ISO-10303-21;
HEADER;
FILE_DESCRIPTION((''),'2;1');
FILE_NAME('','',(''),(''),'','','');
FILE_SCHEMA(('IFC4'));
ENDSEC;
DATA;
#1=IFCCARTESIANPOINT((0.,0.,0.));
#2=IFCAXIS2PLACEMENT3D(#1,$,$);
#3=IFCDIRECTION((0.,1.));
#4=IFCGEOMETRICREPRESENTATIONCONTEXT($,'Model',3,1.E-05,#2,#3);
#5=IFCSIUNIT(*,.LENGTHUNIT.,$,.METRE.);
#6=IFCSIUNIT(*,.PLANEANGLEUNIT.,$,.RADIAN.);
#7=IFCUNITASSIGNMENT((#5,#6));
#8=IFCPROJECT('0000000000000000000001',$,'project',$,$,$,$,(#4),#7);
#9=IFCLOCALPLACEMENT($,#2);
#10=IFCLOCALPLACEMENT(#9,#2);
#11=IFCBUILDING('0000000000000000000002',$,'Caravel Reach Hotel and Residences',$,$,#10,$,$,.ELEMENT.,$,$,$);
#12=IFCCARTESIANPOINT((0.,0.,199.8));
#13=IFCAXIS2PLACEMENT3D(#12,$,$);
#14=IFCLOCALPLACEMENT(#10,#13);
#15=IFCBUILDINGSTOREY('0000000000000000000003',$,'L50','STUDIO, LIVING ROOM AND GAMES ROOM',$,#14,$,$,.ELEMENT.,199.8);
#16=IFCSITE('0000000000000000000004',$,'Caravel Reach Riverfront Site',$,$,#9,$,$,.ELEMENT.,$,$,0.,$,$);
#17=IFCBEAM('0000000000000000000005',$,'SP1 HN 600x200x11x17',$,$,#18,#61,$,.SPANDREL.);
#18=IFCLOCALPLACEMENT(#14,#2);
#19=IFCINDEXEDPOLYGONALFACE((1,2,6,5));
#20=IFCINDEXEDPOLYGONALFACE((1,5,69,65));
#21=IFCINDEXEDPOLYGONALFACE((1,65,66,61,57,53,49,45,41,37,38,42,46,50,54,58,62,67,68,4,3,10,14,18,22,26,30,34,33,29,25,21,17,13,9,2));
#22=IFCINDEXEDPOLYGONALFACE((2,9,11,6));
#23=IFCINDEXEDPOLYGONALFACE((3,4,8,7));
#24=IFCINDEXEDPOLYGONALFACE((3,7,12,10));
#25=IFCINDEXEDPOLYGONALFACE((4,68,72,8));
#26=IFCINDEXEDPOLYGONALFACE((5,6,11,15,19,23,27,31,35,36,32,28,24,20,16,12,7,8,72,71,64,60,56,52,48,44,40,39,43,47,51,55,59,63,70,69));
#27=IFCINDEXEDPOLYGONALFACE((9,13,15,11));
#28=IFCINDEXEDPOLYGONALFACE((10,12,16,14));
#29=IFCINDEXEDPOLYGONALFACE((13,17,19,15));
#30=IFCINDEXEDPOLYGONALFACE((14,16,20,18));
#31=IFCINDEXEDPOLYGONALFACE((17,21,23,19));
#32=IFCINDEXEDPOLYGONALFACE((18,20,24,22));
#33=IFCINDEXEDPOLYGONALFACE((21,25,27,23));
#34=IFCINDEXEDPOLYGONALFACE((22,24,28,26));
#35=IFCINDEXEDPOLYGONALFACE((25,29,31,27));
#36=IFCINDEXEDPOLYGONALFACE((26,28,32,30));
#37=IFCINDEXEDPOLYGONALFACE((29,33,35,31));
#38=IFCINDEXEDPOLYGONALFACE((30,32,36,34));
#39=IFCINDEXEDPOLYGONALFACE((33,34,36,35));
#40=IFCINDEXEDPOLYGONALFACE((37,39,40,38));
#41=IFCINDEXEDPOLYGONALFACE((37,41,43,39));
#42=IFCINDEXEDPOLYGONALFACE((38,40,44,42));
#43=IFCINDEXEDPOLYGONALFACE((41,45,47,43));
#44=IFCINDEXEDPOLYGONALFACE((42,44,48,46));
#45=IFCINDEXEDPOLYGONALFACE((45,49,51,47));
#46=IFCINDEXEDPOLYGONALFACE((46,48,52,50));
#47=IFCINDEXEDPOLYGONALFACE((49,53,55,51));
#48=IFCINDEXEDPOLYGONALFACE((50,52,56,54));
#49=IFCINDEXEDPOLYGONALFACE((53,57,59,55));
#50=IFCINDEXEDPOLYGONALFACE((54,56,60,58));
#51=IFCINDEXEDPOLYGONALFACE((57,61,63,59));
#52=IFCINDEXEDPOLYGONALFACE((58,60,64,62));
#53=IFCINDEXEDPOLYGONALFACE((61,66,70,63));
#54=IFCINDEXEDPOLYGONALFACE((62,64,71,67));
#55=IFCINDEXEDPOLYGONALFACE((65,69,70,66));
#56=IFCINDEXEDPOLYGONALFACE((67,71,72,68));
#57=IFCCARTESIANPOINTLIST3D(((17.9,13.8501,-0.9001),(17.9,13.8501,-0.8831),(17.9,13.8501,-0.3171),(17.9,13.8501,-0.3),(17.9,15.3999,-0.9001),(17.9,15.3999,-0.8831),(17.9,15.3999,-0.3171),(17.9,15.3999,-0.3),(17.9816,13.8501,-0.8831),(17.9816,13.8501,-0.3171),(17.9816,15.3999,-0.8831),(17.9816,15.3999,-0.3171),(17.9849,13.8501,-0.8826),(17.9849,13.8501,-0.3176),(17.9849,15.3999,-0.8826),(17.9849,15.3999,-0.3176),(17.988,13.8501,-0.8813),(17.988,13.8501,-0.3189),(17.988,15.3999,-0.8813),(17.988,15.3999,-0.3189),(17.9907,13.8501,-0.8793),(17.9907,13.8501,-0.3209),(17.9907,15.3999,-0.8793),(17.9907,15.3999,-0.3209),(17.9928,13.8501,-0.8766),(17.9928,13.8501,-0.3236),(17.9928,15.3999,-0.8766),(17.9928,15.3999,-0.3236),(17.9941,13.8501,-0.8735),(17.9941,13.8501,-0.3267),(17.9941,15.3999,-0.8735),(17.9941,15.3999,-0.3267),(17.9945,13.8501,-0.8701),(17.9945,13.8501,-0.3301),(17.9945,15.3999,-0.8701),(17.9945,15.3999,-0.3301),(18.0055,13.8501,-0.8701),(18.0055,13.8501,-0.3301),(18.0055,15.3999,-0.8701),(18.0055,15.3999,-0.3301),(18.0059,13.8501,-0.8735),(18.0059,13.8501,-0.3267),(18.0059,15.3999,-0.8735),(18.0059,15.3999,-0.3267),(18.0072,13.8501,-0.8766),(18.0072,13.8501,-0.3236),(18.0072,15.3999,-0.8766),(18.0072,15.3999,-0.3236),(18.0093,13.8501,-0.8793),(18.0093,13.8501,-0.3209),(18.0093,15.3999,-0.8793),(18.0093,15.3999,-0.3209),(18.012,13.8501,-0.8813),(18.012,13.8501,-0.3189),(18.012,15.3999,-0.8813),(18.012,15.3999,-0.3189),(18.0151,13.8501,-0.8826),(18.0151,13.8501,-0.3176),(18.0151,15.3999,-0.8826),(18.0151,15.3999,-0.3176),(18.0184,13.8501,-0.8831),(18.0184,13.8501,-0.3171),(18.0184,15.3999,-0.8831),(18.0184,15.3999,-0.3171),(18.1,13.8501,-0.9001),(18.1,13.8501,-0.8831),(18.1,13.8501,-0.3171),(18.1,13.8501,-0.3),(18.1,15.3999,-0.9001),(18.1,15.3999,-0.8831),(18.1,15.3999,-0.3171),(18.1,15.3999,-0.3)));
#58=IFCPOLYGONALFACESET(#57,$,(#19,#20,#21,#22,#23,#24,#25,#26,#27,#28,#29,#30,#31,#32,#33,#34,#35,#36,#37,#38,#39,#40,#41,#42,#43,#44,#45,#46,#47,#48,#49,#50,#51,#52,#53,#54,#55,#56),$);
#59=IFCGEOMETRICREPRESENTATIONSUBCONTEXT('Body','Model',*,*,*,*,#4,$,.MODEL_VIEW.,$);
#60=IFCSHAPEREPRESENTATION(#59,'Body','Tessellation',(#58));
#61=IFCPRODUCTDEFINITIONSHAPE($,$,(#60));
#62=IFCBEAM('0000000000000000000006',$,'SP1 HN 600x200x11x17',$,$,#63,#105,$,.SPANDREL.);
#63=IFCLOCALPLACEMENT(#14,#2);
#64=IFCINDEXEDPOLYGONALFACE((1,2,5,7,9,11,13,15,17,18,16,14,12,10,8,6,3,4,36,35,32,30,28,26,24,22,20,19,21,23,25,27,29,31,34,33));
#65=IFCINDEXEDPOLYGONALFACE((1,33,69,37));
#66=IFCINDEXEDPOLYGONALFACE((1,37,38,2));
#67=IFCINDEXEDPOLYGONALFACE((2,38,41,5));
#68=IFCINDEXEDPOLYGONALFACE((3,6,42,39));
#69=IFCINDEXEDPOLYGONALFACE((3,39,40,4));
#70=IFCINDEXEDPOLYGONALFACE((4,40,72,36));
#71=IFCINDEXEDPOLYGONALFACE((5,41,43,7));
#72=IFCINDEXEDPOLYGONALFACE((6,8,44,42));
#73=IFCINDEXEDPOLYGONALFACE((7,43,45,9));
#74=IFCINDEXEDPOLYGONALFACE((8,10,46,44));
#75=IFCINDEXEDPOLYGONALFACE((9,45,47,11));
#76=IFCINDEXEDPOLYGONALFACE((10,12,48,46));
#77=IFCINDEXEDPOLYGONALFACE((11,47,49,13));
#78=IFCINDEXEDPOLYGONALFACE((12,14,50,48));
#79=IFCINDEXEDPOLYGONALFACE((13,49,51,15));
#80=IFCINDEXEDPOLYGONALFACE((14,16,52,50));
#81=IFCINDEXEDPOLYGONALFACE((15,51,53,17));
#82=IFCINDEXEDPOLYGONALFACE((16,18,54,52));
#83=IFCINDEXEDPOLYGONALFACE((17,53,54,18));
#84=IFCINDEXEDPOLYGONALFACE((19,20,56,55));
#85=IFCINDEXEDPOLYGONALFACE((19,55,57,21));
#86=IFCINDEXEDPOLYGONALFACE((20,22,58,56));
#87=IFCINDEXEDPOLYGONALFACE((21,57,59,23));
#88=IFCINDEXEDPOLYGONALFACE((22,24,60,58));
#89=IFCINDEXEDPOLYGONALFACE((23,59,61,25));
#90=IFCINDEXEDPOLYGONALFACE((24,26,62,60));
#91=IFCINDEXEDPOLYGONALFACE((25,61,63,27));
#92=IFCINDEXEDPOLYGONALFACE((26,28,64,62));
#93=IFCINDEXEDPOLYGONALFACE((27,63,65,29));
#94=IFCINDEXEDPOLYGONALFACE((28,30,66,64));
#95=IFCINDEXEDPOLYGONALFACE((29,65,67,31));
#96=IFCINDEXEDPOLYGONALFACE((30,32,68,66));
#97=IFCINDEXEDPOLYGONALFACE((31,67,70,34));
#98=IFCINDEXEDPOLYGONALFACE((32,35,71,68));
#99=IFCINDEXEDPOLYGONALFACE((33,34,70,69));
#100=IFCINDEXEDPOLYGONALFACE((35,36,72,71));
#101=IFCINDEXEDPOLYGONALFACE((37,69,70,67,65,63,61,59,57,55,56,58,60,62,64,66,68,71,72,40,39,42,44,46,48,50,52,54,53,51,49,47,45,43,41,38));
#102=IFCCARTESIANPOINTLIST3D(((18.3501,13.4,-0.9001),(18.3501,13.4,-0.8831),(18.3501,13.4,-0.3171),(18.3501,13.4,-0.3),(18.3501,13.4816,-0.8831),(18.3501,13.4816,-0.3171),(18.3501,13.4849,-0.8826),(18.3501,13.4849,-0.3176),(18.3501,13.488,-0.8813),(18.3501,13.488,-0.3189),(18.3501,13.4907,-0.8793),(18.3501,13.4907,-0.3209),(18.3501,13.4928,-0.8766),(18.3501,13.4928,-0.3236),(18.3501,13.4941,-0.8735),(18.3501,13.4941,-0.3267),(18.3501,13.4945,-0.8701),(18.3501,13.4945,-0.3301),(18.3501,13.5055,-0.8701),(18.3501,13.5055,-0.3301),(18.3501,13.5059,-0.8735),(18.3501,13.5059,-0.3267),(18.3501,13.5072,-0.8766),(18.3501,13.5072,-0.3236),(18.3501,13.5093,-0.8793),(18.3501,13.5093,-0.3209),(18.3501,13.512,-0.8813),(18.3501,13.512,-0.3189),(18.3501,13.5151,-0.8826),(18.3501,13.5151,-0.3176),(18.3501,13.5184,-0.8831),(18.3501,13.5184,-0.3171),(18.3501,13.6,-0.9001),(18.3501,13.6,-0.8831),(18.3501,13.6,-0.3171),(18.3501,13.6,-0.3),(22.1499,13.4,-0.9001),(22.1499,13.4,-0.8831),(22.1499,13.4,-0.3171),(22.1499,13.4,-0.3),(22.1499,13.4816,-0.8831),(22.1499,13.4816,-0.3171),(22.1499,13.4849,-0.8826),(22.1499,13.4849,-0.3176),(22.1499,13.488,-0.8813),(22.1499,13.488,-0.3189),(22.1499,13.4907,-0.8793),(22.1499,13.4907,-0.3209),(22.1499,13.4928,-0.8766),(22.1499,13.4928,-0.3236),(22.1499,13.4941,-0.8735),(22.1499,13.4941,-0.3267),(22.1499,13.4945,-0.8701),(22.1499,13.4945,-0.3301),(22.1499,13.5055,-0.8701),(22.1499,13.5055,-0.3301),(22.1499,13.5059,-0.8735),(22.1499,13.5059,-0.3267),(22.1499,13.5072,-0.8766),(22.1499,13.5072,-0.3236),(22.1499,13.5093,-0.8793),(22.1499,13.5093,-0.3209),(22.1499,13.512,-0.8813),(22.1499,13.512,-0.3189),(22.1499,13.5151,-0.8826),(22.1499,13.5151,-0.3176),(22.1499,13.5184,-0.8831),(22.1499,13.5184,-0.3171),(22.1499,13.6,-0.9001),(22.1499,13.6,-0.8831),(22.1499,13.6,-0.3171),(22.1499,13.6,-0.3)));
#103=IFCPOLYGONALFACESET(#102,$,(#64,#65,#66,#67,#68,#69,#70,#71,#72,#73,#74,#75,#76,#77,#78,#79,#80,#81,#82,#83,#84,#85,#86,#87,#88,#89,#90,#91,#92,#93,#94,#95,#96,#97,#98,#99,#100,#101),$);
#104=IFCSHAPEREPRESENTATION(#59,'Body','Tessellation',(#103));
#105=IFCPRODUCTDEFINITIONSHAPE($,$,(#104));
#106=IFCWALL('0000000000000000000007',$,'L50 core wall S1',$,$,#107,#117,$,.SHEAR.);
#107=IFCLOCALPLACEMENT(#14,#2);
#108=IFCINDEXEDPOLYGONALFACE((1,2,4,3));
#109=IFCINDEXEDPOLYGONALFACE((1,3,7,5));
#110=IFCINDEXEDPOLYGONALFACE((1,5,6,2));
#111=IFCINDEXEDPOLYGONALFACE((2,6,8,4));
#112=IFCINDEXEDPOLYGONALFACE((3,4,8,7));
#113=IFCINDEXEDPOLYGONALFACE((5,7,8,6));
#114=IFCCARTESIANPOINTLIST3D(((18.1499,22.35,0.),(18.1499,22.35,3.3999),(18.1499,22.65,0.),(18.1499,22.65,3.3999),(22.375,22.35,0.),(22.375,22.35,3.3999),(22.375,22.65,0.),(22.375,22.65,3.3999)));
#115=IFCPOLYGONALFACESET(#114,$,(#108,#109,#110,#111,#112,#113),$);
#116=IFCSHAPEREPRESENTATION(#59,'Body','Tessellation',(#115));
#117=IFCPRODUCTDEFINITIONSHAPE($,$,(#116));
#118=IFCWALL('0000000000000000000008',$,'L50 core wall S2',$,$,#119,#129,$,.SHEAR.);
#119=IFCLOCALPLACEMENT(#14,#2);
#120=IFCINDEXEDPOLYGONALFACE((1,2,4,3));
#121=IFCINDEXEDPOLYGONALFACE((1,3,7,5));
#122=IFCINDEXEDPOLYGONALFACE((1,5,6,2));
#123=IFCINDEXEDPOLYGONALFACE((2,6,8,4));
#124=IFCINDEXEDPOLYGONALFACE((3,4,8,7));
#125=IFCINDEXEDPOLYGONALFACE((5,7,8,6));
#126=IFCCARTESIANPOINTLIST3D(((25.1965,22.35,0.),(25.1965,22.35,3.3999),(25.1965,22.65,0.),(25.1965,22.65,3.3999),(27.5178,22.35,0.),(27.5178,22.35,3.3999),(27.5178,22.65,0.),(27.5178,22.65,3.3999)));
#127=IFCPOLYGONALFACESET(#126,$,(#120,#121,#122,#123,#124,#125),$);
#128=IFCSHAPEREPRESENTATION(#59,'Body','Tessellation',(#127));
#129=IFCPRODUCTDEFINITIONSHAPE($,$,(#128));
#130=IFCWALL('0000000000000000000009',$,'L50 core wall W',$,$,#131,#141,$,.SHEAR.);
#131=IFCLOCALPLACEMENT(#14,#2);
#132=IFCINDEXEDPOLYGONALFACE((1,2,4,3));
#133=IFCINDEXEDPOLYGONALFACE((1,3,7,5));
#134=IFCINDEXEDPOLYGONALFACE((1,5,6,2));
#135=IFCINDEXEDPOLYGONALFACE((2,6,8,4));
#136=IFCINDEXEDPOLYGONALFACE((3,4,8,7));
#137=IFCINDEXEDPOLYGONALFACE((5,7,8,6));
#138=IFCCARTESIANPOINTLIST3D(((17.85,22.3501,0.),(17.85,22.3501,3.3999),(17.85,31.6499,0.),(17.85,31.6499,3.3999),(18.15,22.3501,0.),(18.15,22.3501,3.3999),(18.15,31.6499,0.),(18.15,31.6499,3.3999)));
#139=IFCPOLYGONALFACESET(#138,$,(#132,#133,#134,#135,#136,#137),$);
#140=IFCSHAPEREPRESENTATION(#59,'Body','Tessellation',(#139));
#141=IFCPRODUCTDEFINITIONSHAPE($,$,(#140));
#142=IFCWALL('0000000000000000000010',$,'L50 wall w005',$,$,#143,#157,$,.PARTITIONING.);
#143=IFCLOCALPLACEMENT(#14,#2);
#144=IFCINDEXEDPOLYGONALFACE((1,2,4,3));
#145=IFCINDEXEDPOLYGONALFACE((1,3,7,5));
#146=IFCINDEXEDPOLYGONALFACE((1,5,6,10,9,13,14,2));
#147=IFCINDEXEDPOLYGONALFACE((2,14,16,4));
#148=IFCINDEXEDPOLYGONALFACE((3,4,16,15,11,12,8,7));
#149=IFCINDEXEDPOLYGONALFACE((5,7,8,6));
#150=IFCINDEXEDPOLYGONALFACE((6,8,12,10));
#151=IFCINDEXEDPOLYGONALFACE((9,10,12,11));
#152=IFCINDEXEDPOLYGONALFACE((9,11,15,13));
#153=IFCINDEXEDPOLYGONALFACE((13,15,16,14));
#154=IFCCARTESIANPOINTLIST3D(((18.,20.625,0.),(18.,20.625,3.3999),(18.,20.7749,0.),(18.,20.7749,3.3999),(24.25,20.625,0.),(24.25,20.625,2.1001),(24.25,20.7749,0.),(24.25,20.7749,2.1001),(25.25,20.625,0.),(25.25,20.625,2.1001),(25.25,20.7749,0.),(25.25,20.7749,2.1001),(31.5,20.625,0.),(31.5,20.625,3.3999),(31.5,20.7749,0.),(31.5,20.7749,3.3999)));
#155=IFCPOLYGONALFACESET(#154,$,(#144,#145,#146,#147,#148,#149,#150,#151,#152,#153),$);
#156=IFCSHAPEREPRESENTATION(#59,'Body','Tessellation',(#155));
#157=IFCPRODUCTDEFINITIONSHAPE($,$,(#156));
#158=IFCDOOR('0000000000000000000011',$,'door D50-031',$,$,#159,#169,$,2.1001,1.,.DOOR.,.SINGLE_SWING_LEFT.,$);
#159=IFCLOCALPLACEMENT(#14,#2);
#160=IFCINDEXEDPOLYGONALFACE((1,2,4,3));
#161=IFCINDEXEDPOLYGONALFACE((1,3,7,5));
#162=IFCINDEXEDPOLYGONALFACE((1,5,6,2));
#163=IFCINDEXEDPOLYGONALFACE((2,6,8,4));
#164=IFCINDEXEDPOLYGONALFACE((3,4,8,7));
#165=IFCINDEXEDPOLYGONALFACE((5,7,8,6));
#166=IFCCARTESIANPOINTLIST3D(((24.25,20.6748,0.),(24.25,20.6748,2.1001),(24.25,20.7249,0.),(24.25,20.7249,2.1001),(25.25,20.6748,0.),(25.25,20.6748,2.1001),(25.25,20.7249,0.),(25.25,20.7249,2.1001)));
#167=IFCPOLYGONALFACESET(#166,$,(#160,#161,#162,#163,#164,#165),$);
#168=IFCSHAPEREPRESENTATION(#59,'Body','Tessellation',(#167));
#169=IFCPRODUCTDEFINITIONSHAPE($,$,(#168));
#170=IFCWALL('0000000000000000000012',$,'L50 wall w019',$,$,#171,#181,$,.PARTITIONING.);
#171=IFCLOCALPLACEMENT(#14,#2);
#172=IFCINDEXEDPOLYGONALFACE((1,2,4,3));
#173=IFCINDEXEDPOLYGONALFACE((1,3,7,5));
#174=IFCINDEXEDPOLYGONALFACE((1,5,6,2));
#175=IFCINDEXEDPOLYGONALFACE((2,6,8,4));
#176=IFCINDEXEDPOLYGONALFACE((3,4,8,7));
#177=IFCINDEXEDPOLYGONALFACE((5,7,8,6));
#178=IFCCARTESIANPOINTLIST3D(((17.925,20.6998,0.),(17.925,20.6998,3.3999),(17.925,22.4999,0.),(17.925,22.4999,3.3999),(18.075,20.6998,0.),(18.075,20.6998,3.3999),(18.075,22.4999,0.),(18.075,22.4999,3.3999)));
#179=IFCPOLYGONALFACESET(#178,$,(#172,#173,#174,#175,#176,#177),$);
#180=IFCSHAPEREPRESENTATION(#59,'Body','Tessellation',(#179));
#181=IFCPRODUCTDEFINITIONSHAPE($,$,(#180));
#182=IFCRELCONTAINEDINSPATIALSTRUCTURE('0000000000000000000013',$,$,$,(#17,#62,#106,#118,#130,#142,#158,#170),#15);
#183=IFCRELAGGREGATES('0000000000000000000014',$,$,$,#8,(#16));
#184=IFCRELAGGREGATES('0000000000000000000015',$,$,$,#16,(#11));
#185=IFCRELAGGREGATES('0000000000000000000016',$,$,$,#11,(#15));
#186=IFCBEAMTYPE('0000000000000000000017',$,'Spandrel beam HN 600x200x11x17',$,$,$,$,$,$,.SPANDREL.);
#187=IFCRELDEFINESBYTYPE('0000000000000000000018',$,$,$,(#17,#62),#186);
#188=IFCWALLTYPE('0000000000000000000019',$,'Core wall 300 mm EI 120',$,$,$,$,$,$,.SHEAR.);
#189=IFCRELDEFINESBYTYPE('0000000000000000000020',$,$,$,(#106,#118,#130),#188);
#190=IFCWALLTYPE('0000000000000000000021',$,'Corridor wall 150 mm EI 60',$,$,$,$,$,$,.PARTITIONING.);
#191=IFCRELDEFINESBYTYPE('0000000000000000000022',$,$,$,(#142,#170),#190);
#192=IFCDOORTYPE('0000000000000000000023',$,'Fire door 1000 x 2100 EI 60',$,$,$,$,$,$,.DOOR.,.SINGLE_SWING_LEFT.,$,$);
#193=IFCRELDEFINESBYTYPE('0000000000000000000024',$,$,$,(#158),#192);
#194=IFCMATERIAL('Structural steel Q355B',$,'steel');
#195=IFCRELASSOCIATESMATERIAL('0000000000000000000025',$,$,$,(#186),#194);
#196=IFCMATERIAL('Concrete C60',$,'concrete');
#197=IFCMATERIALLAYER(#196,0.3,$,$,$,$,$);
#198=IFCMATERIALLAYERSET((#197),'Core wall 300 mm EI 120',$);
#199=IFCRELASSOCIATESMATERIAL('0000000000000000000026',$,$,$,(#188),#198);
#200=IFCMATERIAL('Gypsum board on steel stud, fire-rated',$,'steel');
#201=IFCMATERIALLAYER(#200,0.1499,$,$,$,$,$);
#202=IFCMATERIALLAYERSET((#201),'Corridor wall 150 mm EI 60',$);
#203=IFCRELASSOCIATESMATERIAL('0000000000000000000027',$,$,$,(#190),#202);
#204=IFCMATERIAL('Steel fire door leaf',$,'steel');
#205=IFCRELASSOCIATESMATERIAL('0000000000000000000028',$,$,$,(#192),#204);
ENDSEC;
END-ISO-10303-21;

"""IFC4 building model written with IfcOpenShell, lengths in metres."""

from ifc_helpers import new_model, si_unit, direction, frame, frame_2d, origin, origin_2d, place, context, subcontext, project, spatial, rectangle, i_section, extrude, material, layer, layer_set, material_profile, profile_set, type_object, element, fill, save


model = new_model("IFC4")

# Units and contexts
model_context = context("Model", 3, precision=1e-05, world=origin(), true_north=direction((0.0, 1.0)))
body_context = subcontext(model_context, "Body", "Model", "MODEL_VIEW")
ifc_project = project(units=[si_unit("LENGTHUNIT", "METRE"), si_unit("PLANEANGLEUNIT", "RADIAN")], contexts=[model_context])

# Site, building, storey
site_placement = place(None, origin())
site = spatial("IfcSite", under=ifc_project, at=site_placement, Name="Caravel Reach Riverfront Site", CompositionType="ELEMENT", RefElevation=0.0)
building_placement = place(site_placement, origin())
building = spatial("IfcBuilding", under=site, at=building_placement, Name="Caravel Reach Hotel and Residences", CompositionType="ELEMENT")
storey_placement = place(building_placement, frame((0.0, 0.0, 199.8)))
storey = spatial("IfcBuildingStorey", under=building, at=storey_placement, Name="L50", Description="STUDIO, LIVING ROOM AND GAMES ROOM", CompositionType="ELEMENT", Elevation=199.8)

# Beams
ifc_material_1 = material(Name="Structural steel Q355B", Category="steel")
ifc_material_profile_1 = material_profile(ifc_material_1, i_section(OverallWidth=0.2, OverallDepth=0.6001, WebThickness=0.011, FlangeThickness=0.0171, FilletRadius=0.0129, at=origin_2d()), Name="HN 600x200x11x17")
ifc_profile_set_1 = profile_set([ifc_material_profile_1], Name="Structural steel Q355B")
beam_type_1 = type_object("IfcBeamType", Name="Spandrel beam HN 600x200x11x17", PredefinedType="SPANDREL", material=ifc_profile_set_1)
for number, where, z_axis, x_axis, name in (
    (1, (18.0, 15.3999, -0.6001), (0.0, -1.0, 0.0), (1.0, 0.0, 0.0), "SP1 HN 600x200x11x17"),
):
    element("IfcBeam", number, at=place(storey_placement, frame(where, z_axis=z_axis, x_axis=x_axis)), inside=storey, type_object=beam_type_1, Name=name, PredefinedType="SPANDREL", context=body_context, shape_type="SweptSolid", body=[
        extrude(i_section(OverallWidth=0.2, OverallDepth=0.6001, WebThickness=0.011, FlangeThickness=0.0171, FilletRadius=0.0129, at=origin_2d()), origin(), (0.0, 0.0, 1.0), 1.5498),
    ])
beam_1_placement = place(storey_placement, frame((18.3501, 13.5, -0.6001), z_axis=(1.0, 0.0, 0.0), x_axis=(0.0, 1.0, 0.0)))
element("IfcBeam", 2, at=beam_1_placement, inside=storey, type_object=beam_type_1, Name="SP1 HN 600x200x11x17", PredefinedType="SPANDREL", context=body_context, shape_type="SweptSolid", body=[
    extrude(i_section(OverallWidth=0.2, OverallDepth=0.6001, WebThickness=0.011, FlangeThickness=0.0171, FilletRadius=0.0129, at=origin_2d()), origin(), (0.0, 0.0, 1.0), 3.7998),
])

# Walls
ifc_material_2 = material(Name="Concrete C60", Category="concrete")
ifc_layer_1 = layer(ifc_material_2, 0.3)
ifc_layer_set_1 = layer_set([ifc_layer_1], Name="Core wall 300 mm EI 120")
wall_type_1 = type_object("IfcWallType", Name="Core wall 300 mm EI 120", PredefinedType="SHEAR", material=ifc_layer_set_1)
wall_1_placement = place(storey_placement, frame((18.1499, 22.5, 0.0), z_axis=(0.0, 0.0, 1.0), x_axis=(1.0, 0.0, 0.0)))
element("IfcWall", 3, at=wall_1_placement, inside=storey, type_object=wall_type_1, Name="L50 core wall S1", PredefinedType="SHEAR", context=body_context, shape_type="SweptSolid", body=[
    extrude(rectangle(XDim=4.2251, YDim=0.3, at=frame_2d((2.1125, 0.0))), origin(), (0.0, 0.0, 1.0), 3.3999),
])
wall_2_placement = place(storey_placement, frame((25.1965, 22.5, 0.0), z_axis=(0.0, 0.0, 1.0), x_axis=(1.0, 0.0, 0.0)))
element("IfcWall", 4, at=wall_2_placement, inside=storey, type_object=wall_type_1, Name="L50 core wall S2", PredefinedType="SHEAR", context=body_context, shape_type="SweptSolid", body=[
    extrude(rectangle(XDim=2.3213, YDim=0.3, at=frame_2d((1.1606, 0.0))), origin(), (0.0, 0.0, 1.0), 3.3999),
])
wall_3_placement = place(storey_placement, frame((18.0, 22.3501, 0.0), z_axis=(0.0, 0.0, 1.0), x_axis=(0.0, 1.0, 0.0)))
element("IfcWall", 5, at=wall_3_placement, inside=storey, type_object=wall_type_1, Name="L50 core wall W", PredefinedType="SHEAR", context=body_context, shape_type="SweptSolid", body=[
    extrude(rectangle(XDim=9.2998, YDim=0.3, at=frame_2d((4.6499, 0.0))), origin(), (0.0, 0.0, 1.0), 3.3999),
])

# Wall, opening, door
ifc_material_3 = material(Name="Gypsum board on steel stud, fire-rated", Category="steel")
ifc_layer_2 = layer(ifc_material_3, 0.1499)
ifc_layer_set_2 = layer_set([ifc_layer_2], Name="Corridor wall 150 mm EI 60")
wall_type_2 = type_object("IfcWallType", Name="Corridor wall 150 mm EI 60", PredefinedType="PARTITIONING", material=ifc_layer_set_2)
wall_4_placement = place(storey_placement, frame((18.0, 20.7, 0.0), z_axis=(0.0, 0.0, 1.0), x_axis=(1.0, 0.0, 0.0)))
wall_4 = element("IfcWall", 6, at=wall_4_placement, inside=storey, type_object=wall_type_2, Name="L50 wall w005", PredefinedType="PARTITIONING", context=body_context, shape_type="SweptSolid", body=[
    extrude(rectangle(XDim=13.5, YDim=0.1499, at=frame_2d((6.75, 0.0))), origin(), (0.0, 0.0, 1.0), 3.3999),
])
opening_1_placement = place(wall_4_placement, frame((6.25, 0.0, 0.0)))
opening_1 = element("IfcOpeningElement", 7, at=opening_1_placement, cuts=wall_4, PredefinedType="OPENING", context=body_context, shape_type="SweptSolid", body=[
    extrude(rectangle(XDim=1.0, YDim=2.1001, at=frame_2d((0.5, 1.05))), frame((0.0, 0.085, 0.0), z_axis=(0.0, -1.0, 0.0), x_axis=(1.0, 0.0, 0.0)), (0.0, 0.0, 1.0), 0.1699),
])
ifc_material_4 = material(Name="Steel fire door leaf", Category="steel")
door_type = type_object("IfcDoorType", Name="Fire door 1000 x 2100 EI 60", OperationType="SINGLE_SWING_LEFT", PredefinedType="DOOR", material=ifc_material_4)
door_placement = place(opening_1_placement, origin())
door = element("IfcDoor", 8, at=door_placement, inside=storey, type_object=door_type, Name="door D50-031", OperationType="SINGLE_SWING_LEFT", OverallHeight=2.1001, OverallWidth=1.0, PredefinedType="DOOR", context=body_context, shape_type="SweptSolid", body=[
    extrude(rectangle(XDim=1.0, YDim=2.1001, at=frame_2d((0.5, 1.05))), frame((0.0, 0.0249, 0.0), z_axis=(0.0, -1.0, 0.0), x_axis=(1.0, 0.0, 0.0)), (0.0, 0.0, 1.0), 0.05),
])
fill(opening_1, door)

# Wall
wall_5_placement = place(storey_placement, frame((18.0, 20.7, 0.0), z_axis=(0.0, 0.0, 1.0), x_axis=(0.0, 1.0, 0.0)))
element("IfcWall", 9, at=wall_5_placement, inside=storey, type_object=wall_type_2, Name="L50 wall w019", PredefinedType="PARTITIONING", context=body_context, shape_type="SweptSolid", body=[
    extrude(rectangle(XDim=1.8, YDim=0.1499, at=frame_2d((0.8999, 0.0))), origin(), (0.0, 0.0, 1.0), 3.3999),
])

save(model, "model.ifc")
